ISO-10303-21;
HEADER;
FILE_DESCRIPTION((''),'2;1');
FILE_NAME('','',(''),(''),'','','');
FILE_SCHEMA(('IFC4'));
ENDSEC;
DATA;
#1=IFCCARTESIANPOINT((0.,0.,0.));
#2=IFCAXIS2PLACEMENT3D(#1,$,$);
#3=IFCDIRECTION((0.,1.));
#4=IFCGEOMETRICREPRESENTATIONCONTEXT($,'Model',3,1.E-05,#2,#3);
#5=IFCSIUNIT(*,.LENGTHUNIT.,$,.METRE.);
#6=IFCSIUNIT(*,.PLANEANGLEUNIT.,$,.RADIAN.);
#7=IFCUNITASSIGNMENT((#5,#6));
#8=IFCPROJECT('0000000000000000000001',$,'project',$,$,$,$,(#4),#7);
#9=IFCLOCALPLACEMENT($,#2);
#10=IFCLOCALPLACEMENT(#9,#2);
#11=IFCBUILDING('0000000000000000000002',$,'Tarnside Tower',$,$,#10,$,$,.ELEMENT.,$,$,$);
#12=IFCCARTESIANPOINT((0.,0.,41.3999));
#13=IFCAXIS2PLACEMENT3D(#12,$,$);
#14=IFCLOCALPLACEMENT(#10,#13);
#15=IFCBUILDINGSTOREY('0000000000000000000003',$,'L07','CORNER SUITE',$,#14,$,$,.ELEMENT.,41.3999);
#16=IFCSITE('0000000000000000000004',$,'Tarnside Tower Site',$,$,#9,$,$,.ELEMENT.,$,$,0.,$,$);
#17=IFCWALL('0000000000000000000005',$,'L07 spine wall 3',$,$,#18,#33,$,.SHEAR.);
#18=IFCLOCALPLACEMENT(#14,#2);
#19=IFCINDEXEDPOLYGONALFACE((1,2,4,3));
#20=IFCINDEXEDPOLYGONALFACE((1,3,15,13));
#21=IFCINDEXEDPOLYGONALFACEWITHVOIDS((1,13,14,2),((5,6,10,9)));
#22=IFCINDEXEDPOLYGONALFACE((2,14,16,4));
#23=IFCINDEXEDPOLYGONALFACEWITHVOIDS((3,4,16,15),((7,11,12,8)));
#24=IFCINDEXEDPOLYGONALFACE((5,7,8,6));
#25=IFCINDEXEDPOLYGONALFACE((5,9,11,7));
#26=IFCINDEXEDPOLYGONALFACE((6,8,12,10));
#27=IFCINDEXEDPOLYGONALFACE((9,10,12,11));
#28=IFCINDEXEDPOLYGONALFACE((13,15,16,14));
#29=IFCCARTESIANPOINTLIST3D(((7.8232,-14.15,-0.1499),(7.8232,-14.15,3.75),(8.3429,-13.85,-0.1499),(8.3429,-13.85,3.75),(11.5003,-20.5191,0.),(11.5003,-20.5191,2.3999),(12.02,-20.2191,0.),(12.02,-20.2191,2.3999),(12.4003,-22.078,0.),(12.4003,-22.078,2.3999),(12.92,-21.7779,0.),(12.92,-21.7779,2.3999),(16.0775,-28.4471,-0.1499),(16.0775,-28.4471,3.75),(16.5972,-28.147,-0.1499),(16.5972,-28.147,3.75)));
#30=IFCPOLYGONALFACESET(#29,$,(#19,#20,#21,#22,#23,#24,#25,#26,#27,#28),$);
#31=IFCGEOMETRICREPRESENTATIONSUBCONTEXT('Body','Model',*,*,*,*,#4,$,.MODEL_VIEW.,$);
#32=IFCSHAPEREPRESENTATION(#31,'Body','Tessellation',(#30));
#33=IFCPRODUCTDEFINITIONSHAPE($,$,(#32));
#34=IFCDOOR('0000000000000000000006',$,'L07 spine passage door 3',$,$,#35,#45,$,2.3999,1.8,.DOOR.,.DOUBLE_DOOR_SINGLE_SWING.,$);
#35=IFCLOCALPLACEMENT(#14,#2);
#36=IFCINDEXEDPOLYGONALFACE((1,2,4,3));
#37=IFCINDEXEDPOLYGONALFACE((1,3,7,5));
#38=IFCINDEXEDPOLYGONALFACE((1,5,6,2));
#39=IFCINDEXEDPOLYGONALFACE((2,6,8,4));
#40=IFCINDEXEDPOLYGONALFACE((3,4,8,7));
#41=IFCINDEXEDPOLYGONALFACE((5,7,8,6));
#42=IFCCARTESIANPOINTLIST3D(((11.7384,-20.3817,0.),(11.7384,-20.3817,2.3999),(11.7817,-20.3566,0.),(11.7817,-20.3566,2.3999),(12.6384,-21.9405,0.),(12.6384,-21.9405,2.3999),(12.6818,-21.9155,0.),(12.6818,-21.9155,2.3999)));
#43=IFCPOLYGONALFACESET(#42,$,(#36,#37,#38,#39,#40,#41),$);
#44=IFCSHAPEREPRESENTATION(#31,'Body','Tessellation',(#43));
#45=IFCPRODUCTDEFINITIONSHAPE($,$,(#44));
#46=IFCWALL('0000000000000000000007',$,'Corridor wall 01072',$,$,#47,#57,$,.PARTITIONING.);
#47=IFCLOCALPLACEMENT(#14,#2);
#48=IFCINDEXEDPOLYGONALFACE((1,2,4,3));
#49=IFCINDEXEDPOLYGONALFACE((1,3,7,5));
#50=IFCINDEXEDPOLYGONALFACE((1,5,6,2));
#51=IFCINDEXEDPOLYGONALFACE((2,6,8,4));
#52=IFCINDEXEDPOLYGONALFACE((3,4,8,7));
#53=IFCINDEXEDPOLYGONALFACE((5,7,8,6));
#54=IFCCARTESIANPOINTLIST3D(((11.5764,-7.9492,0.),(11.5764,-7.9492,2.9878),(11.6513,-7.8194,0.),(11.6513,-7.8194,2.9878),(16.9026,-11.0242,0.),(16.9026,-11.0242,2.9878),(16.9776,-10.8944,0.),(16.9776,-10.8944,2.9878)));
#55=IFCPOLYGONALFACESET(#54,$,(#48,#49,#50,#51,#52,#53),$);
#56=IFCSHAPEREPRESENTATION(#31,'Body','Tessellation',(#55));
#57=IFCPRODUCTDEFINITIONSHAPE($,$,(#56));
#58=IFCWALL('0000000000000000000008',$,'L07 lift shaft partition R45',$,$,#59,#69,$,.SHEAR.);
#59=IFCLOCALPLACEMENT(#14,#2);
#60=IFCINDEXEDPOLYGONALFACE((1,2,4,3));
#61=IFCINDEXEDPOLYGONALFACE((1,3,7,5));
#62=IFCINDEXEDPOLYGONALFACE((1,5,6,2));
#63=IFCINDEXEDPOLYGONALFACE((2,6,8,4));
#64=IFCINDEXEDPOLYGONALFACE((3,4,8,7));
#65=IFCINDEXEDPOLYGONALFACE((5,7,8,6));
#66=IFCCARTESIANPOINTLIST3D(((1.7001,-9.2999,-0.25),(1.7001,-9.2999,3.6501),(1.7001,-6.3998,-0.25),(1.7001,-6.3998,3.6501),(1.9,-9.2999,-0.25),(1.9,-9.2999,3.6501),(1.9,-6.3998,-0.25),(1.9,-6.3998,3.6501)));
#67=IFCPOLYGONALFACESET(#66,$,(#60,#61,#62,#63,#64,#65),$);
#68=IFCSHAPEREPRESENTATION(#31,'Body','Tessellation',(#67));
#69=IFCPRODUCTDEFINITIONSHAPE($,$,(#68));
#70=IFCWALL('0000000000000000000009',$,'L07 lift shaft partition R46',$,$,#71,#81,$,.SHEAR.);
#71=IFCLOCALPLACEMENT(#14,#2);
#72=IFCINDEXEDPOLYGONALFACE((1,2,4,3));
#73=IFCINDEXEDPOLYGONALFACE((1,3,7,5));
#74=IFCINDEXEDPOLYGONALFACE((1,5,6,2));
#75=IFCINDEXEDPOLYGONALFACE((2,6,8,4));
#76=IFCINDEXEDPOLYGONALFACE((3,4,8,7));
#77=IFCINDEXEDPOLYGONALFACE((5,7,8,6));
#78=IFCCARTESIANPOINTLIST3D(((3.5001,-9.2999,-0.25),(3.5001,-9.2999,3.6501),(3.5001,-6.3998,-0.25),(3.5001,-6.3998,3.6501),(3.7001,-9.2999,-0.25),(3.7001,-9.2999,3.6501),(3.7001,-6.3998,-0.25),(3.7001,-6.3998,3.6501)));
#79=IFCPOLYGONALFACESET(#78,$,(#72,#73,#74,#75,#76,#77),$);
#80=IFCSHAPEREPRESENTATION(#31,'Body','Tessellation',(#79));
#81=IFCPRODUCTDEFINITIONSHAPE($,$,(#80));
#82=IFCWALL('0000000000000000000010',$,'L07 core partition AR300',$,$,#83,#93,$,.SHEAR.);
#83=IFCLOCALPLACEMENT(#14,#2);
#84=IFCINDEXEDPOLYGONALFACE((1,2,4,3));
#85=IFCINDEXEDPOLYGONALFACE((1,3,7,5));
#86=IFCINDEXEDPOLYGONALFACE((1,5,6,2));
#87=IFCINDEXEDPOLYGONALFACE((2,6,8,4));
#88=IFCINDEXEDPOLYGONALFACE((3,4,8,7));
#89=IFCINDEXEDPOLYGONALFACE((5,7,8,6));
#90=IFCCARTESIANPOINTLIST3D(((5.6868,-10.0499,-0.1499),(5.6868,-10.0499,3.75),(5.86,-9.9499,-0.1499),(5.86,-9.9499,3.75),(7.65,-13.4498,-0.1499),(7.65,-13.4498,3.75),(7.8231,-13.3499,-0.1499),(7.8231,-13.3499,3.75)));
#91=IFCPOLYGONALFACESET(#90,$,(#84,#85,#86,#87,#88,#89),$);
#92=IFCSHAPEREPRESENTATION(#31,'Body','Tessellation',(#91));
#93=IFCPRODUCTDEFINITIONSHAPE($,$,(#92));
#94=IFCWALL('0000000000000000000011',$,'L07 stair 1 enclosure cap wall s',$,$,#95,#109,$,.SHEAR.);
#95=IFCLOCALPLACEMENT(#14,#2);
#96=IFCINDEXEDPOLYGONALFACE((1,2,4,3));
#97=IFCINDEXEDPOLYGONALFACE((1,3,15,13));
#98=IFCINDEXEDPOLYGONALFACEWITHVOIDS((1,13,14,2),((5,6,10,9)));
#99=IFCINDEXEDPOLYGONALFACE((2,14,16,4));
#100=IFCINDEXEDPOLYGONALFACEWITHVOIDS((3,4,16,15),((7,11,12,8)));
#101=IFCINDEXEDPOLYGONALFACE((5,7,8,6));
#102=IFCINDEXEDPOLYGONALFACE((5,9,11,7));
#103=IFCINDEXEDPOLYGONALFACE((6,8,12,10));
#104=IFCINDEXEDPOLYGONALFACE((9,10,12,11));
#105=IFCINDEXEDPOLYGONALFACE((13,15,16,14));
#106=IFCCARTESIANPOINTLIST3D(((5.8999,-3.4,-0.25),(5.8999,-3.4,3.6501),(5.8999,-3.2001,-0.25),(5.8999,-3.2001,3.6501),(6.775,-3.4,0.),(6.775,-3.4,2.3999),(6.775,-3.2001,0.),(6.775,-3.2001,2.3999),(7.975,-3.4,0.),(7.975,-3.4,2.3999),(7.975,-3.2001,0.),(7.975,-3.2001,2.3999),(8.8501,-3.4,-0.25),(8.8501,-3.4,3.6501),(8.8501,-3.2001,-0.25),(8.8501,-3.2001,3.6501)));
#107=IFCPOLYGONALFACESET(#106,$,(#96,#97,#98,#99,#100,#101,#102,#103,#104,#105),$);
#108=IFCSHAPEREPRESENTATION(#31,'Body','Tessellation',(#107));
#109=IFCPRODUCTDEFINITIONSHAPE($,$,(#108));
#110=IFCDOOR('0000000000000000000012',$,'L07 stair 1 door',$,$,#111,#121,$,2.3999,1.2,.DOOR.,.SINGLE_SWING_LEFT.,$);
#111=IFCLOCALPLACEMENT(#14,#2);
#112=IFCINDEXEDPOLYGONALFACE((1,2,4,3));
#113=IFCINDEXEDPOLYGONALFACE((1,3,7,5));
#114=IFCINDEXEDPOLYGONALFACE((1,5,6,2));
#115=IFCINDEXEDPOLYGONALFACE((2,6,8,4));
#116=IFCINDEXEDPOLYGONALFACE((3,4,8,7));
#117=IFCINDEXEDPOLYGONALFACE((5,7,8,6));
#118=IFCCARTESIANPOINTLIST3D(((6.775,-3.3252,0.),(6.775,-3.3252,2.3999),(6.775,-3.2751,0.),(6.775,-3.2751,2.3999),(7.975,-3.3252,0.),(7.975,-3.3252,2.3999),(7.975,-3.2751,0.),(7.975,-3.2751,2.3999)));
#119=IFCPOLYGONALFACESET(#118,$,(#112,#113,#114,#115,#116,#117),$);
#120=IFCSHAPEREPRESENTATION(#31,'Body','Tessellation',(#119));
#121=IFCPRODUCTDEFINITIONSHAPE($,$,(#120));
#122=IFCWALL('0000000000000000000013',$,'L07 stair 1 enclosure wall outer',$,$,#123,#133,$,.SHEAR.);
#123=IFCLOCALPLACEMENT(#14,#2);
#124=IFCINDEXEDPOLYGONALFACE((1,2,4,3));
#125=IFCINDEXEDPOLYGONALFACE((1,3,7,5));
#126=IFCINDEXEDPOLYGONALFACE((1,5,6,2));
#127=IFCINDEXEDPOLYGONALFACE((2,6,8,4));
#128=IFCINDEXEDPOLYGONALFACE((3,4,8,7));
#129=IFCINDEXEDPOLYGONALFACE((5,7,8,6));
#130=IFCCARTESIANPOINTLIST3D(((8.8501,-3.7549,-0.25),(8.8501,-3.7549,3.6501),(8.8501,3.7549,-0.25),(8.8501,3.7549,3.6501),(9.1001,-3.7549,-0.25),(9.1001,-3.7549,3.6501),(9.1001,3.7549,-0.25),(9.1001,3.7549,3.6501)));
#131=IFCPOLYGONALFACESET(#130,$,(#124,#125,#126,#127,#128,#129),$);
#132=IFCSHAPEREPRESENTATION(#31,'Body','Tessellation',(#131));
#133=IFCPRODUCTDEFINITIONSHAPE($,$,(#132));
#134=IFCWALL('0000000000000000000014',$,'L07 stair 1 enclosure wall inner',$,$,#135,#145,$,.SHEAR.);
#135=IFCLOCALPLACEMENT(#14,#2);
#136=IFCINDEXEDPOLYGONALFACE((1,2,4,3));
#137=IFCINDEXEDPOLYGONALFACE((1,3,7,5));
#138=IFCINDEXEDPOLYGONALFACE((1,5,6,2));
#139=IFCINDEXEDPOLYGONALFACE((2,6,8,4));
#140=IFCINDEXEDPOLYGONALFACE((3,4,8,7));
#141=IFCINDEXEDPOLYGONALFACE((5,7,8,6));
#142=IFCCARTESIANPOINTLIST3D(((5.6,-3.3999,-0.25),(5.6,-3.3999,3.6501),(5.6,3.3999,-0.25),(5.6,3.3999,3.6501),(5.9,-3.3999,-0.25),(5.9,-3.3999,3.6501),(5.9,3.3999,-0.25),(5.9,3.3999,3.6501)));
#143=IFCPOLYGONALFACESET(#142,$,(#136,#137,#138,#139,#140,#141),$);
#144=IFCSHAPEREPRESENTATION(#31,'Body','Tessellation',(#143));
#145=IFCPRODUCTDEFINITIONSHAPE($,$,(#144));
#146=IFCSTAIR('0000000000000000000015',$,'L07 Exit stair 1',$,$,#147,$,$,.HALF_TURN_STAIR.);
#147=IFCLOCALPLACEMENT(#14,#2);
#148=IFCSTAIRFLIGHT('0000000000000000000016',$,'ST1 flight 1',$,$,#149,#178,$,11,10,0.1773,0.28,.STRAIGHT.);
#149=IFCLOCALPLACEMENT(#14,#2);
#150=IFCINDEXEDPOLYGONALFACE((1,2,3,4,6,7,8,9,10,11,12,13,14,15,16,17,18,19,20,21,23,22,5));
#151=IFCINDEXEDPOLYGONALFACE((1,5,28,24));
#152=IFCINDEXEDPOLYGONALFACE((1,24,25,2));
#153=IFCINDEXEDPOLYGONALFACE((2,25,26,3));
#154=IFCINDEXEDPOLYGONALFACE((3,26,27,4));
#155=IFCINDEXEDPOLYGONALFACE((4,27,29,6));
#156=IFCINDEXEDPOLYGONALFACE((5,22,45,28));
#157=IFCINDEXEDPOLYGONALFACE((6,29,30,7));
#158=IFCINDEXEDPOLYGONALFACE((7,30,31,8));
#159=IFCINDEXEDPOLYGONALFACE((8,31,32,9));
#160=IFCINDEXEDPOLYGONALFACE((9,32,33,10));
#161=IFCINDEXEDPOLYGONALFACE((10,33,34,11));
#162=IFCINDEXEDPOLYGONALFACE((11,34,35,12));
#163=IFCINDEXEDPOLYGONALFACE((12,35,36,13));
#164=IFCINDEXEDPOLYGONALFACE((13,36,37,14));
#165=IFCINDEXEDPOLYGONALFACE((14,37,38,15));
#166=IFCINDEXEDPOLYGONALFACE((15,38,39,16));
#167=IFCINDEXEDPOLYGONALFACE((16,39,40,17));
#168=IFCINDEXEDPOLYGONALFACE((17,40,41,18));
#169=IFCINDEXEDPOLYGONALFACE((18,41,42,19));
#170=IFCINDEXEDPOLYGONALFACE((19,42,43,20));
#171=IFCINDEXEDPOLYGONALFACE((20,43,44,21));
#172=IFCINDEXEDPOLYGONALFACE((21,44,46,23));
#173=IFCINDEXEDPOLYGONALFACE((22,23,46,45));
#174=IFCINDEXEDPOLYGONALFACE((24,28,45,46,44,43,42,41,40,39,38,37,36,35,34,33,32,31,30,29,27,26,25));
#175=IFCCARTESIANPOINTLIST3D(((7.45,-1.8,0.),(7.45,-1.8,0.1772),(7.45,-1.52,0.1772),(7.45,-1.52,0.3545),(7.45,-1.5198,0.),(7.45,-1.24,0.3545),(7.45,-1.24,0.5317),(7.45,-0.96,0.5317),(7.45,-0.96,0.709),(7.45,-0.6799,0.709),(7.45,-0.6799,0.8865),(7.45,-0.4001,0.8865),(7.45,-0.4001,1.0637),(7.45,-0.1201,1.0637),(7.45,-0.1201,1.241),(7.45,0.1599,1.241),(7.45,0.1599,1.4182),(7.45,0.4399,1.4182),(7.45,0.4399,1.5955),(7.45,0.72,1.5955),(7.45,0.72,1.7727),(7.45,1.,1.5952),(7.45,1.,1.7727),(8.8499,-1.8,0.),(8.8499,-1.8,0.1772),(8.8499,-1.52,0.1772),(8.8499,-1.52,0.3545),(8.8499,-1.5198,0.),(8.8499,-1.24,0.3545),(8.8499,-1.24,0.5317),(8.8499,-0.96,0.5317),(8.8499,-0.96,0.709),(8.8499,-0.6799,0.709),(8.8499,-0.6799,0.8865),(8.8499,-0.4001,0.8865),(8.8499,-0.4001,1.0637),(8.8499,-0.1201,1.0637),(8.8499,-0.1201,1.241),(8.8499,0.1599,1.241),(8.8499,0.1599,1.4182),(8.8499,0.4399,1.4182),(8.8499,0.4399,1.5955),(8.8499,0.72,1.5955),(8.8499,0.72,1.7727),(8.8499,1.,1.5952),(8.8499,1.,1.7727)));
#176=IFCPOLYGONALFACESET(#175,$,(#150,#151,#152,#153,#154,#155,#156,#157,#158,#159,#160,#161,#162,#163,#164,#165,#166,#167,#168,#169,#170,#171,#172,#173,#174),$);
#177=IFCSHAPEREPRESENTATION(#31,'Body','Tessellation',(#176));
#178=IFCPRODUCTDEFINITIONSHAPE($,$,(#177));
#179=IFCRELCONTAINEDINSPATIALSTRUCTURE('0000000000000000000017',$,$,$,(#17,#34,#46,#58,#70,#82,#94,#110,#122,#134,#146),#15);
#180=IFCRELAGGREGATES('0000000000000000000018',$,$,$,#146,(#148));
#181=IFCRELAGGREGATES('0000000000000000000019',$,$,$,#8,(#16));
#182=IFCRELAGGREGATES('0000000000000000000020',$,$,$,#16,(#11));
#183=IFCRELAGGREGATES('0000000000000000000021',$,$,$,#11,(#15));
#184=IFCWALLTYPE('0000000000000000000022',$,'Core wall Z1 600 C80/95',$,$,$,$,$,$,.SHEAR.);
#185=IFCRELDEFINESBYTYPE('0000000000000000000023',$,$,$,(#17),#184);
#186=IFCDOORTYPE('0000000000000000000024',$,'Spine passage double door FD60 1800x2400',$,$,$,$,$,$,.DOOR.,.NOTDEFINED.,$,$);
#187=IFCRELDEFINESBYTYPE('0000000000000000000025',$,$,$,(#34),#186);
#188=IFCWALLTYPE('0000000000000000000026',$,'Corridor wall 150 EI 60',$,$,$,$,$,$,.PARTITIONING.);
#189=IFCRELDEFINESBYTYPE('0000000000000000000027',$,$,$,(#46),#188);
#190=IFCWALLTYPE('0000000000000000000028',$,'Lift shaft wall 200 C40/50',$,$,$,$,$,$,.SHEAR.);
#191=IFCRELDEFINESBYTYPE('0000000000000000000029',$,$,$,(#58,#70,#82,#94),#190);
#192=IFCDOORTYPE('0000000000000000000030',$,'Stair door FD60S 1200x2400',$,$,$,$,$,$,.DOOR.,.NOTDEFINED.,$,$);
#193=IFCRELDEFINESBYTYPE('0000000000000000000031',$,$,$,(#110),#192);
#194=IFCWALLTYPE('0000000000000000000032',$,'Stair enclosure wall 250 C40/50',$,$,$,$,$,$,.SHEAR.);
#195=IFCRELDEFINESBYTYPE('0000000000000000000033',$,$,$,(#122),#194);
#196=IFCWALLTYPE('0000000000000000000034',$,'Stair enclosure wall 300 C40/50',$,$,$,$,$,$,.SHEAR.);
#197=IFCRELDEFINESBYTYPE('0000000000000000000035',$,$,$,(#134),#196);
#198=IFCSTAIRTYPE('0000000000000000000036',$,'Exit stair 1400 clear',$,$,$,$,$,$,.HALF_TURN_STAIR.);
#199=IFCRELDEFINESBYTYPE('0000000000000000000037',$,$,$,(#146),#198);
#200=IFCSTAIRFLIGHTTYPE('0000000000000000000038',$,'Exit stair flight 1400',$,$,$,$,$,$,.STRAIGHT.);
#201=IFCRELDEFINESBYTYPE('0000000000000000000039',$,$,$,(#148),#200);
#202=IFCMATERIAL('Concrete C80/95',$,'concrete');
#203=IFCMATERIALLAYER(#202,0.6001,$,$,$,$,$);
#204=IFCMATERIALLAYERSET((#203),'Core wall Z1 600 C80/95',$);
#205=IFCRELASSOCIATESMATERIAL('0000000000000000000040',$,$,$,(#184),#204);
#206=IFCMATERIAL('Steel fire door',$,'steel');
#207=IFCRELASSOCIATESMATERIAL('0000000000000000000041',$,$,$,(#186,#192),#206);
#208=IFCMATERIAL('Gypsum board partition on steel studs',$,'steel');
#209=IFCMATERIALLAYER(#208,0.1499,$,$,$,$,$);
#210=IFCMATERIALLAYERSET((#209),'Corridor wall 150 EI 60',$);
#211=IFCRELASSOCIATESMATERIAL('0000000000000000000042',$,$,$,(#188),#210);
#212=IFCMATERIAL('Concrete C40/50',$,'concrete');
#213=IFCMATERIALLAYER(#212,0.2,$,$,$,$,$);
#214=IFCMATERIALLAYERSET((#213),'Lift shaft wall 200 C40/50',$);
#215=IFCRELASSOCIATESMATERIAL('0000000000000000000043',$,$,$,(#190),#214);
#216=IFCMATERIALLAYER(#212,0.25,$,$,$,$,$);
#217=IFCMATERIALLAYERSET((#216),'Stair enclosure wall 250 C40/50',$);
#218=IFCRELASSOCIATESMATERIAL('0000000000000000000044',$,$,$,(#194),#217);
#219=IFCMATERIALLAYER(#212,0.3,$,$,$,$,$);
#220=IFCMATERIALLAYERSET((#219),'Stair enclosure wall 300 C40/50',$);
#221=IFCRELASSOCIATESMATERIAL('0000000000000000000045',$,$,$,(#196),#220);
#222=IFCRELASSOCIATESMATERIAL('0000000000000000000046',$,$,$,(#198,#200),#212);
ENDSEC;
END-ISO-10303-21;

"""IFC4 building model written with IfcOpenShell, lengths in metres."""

from ifc_helpers import new_model, si_unit, direction, frame, frame_2d, origin, place, context, subcontext, project, spatial, polyline, rectangle, outline, extrude, material, layer, layer_set, type_object, element, fill, aggregate, save


model = new_model("IFC4")

# Units and contexts
model_context = context("Model", 3, precision=1e-05, world=origin(), true_north=direction((0.0, 1.0)))
body_context = subcontext(model_context, "Body", "Model", "MODEL_VIEW")
ifc_project = project(units=[si_unit("LENGTHUNIT", "METRE"), si_unit("PLANEANGLEUNIT", "RADIAN")], contexts=[model_context])

# Site, building, storey
site_placement = place(None, origin())
site = spatial("IfcSite", under=ifc_project, at=site_placement, Name="Tarnside Tower Site", CompositionType="ELEMENT", RefElevation=0.0)
building_placement = place(site_placement, origin())
building = spatial("IfcBuilding", under=site, at=building_placement, Name="Tarnside Tower", CompositionType="ELEMENT")
storey_placement = place(building_placement, frame((0.0, 0.0, 41.3999)))
storey = spatial("IfcBuildingStorey", under=building, at=storey_placement, Name="L07", Description="CORNER SUITE", CompositionType="ELEMENT", Elevation=41.3999)

# Shared definitions
ifc_material_1 = material(Name="Concrete C40/50", Category="concrete")

# Wall, opening, door
ifc_material_2 = material(Name="Steel fire door", Category="steel")
ifc_material_3 = material(Name="Concrete C80/95", Category="concrete")
ifc_layer_1 = layer(ifc_material_3, 0.6001)
ifc_layer_set_1 = layer_set([ifc_layer_1], Name="Core wall Z1 600 C80/95")
wall_type_1 = type_object("IfcWallType", Name="Core wall Z1 600 C80/95", PredefinedType="SHEAR", material=ifc_layer_set_1)
wall_1_placement = place(storey_placement, frame((8.083, -14.0, -0.1499), z_axis=(0.0, 0.0, 1.0), x_axis=(0.499998, -0.866027, 0.0)))
wall_1 = element("IfcWall", 1, at=wall_1_placement, inside=storey, type_object=wall_type_1, Name="L07 spine wall 3", PredefinedType="SHEAR", context=body_context, shape_type="SweptSolid", body=[
    extrude(rectangle(XDim=16.5088, YDim=0.6001, at=frame_2d((8.2544, 0.0))), origin(), (0.0, 0.0, 1.0), 3.8999),
])
opening_1_placement = place(wall_1_placement, frame((7.3545, 0.0, 0.1499)))
opening_1 = element("IfcOpeningElement", 2, at=opening_1_placement, cuts=wall_1, PredefinedType="OPENING", context=body_context, shape_type="SweptSolid", body=[
    extrude(rectangle(XDim=1.8, YDim=2.3999, at=frame_2d((0.8999, 1.2))), frame((0.0, 0.3101, 0.0), z_axis=(0.0, -1.0, 0.0), x_axis=(1.0, 0.0, 0.0)), (0.0, 0.0, 1.0), 0.6201),
])
door_type_1 = type_object("IfcDoorType", Name="Spine passage double door FD60 1800x2400", OperationType="NOTDEFINED", PredefinedType="DOOR", material=ifc_material_2)
door_1_placement = place(opening_1_placement, origin())
door_1 = element("IfcDoor", 3, at=door_1_placement, inside=storey, type_object=door_type_1, Name="L07 spine passage door 3", OperationType="DOUBLE_DOOR_SINGLE_SWING", OverallHeight=2.3999, OverallWidth=1.8, PredefinedType="DOOR", context=body_context, shape_type="SweptSolid", body=[
    extrude(rectangle(XDim=1.8, YDim=2.3999, at=frame_2d((0.8999, 1.2))), frame((0.0, 0.0249, 0.0), z_axis=(0.0, -1.0, 0.0), x_axis=(1.0, 0.0, 0.0)), (0.0, 0.0, 1.0), 0.05),
])
fill(opening_1, door_1)

# Walls
ifc_material_4 = material(Name="Gypsum board partition on steel studs", Category="steel")
ifc_layer_2 = layer(ifc_material_4, 0.1499)
ifc_layer_set_2 = layer_set([ifc_layer_2], Name="Corridor wall 150 EI 60")
wall_type_2 = type_object("IfcWallType", Name="Corridor wall 150 EI 60", PredefinedType="PARTITIONING", material=ifc_layer_set_2)
wall_2_placement = place(storey_placement, frame((11.6138, -7.8843, 0.0), z_axis=(0.0, 0.0, 1.0), x_axis=(0.866034, -0.499986, 0.0)))
element("IfcWall", 4, at=wall_2_placement, inside=storey, type_object=wall_type_2, Name="Corridor wall 01072", PredefinedType="PARTITIONING", context=body_context, shape_type="SweptSolid", body=[
    extrude(rectangle(XDim=6.1501, YDim=0.1499, at=frame_2d((3.0752, 0.0))), origin(), (0.0, 0.0, 1.0), 2.9878),
])
ifc_layer_3 = layer(ifc_material_1, 0.2)
ifc_layer_set_3 = layer_set([ifc_layer_3], Name="Lift shaft wall 200 C40/50")
wall_type_3 = type_object("IfcWallType", Name="Lift shaft wall 200 C40/50", PredefinedType="SHEAR", material=ifc_layer_set_3)
for number, where, z_axis, x_axis, name in (
    (5, (1.8, -9.3, -0.25), (0.0, 0.0, 1.0), (0.0, 1.0, 0.0), "L07 lift shaft partition R45"),
    (6, (3.6001, -9.3, -0.25), (0.0, 0.0, 1.0), (0.0, 1.0, 0.0), "L07 lift shaft partition R46"),
):
    element("IfcWall", number, at=place(storey_placement, frame(where, z_axis=z_axis, x_axis=x_axis)), inside=storey, type_object=wall_type_3, Name=name, PredefinedType="SHEAR", context=body_context, shape_type="SweptSolid", body=[
        extrude(rectangle(XDim=2.9001, YDim=0.2, at=frame_2d((1.4502, 0.0))), origin(), (0.0, 0.0, 1.0), 3.9001),
    ])
wall_3_placement = place(storey_placement, frame((5.7734, -10.0, -0.1499), z_axis=(0.0, 0.0, 1.0), x_axis=(0.500038, -0.866003, 0.0)))
element("IfcWall", 7, at=wall_3_placement, inside=storey, type_object=wall_type_3, Name="L07 core partition AR300", PredefinedType="SHEAR", context=body_context, shape_type="SweptSolid", body=[
    extrude(rectangle(XDim=3.926, YDim=0.2, at=frame_2d((1.9629, 0.0))), origin(), (0.0, 0.0, 1.0), 3.8999),
])

# Wall, opening, door
wall_4_placement = place(storey_placement, frame((5.8999, -3.3, -0.25), z_axis=(0.0, 0.0, 1.0), x_axis=(1.0, 0.0, 0.0)))
wall_4 = element("IfcWall", 8, at=wall_4_placement, inside=storey, type_object=wall_type_3, Name="L07 stair 1 enclosure cap wall s", PredefinedType="SHEAR", context=body_context, shape_type="SweptSolid", body=[
    extrude(rectangle(XDim=2.9502, YDim=0.2, at=frame_2d((1.4751, 0.0))), origin(), (0.0, 0.0, 1.0), 3.9001),
])
opening_2_placement = place(wall_4_placement, frame((0.875, 0.0, 0.25)))
opening_2 = element("IfcOpeningElement", 9, at=opening_2_placement, cuts=wall_4, PredefinedType="OPENING", context=body_context, shape_type="SweptSolid", body=[
    extrude(rectangle(XDim=1.2, YDim=2.3999, at=frame_2d((0.6001, 1.2))), frame((0.0, 0.1099, 0.0), z_axis=(0.0, -1.0, 0.0), x_axis=(1.0, 0.0, 0.0)), (0.0, 0.0, 1.0), 0.22),
])
door_type_2 = type_object("IfcDoorType", Name="Stair door FD60S 1200x2400", OperationType="NOTDEFINED", PredefinedType="DOOR", material=ifc_material_2)
door_2_placement = place(opening_2_placement, origin())
door_2 = element("IfcDoor", 10, at=door_2_placement, inside=storey, type_object=door_type_2, Name="L07 stair 1 door", OperationType="SINGLE_SWING_LEFT", OverallHeight=2.3999, OverallWidth=1.2, PredefinedType="DOOR", context=body_context, shape_type="SweptSolid", body=[
    extrude(rectangle(XDim=1.2, YDim=2.3999, at=frame_2d((0.6001, 1.2))), frame((0.0, 0.0249, 0.0), z_axis=(0.0, -1.0, 0.0), x_axis=(1.0, 0.0, 0.0)), (0.0, 0.0, 1.0), 0.05),
])
fill(opening_2, door_2)

# Walls
ifc_layer_4 = layer(ifc_material_1, 0.25)
ifc_layer_set_4 = layer_set([ifc_layer_4], Name="Stair enclosure wall 250 C40/50")
wall_type_4 = type_object("IfcWallType", Name="Stair enclosure wall 250 C40/50", PredefinedType="SHEAR", material=ifc_layer_set_4)
wall_5_placement = place(storey_placement, frame((8.9751, -3.7549, -0.25), z_axis=(0.0, 0.0, 1.0), x_axis=(0.0, 1.0, 0.0)))
element("IfcWall", 11, at=wall_5_placement, inside=storey, type_object=wall_type_4, Name="L07 stair 1 enclosure wall outer", PredefinedType="SHEAR", context=body_context, shape_type="SweptSolid", body=[
    extrude(rectangle(XDim=7.5098, YDim=0.25, at=frame_2d((3.7549, 0.0))), origin(), (0.0, 0.0, 1.0), 3.9001),
])
ifc_layer_5 = layer(ifc_material_1, 0.3)
ifc_layer_set_5 = layer_set([ifc_layer_5], Name="Stair enclosure wall 300 C40/50")
wall_type_5 = type_object("IfcWallType", Name="Stair enclosure wall 300 C40/50", PredefinedType="SHEAR", material=ifc_layer_set_5)
wall_6_placement = place(storey_placement, frame((5.75, -3.3999, -0.25), z_axis=(0.0, 0.0, 1.0), x_axis=(0.0, 1.0, 0.0)))
element("IfcWall", 12, at=wall_6_placement, inside=storey, type_object=wall_type_5, Name="L07 stair 1 enclosure wall inner", PredefinedType="SHEAR", context=body_context, shape_type="SweptSolid", body=[
    extrude(rectangle(XDim=6.7998, YDim=0.3, at=frame_2d((3.3999, 0.0))), origin(), (0.0, 0.0, 1.0), 3.9001),
])

# Stair, stair flight
stair_type = type_object("IfcStairType", Name="Exit stair 1400 clear", PredefinedType="HALF_TURN_STAIR", material=ifc_material_1)
stair_placement = place(storey_placement, origin())
stair = element("IfcStair", 13, at=stair_placement, inside=storey, type_object=stair_type, Name="L07 Exit stair 1", PredefinedType="HALF_TURN_STAIR")
stair_flight_type = type_object("IfcStairFlightType", Name="Exit stair flight 1400", PredefinedType="STRAIGHT", material=ifc_material_1)
stair_flight_placement = place(storey_placement, frame((8.1499, -1.8, 0.0), z_axis=(0.0, 0.0, 1.0), x_axis=(0.0, 1.0, 0.0)))
stair_flight = element("IfcStairFlight", 14, at=stair_flight_placement, type_object=stair_flight_type, Name="ST1 flight 1", NumberOfRisers=11, NumberOfTreads=10, PredefinedType="STRAIGHT", RiserHeight=0.1773, TreadLength=0.28, context=body_context, shape_type="SweptSolid", body=[
    extrude(outline(polyline([(0.0, 0.0), (0.0, 0.1772), (0.28, 0.1772), (0.28, 0.3545), (0.5601, 0.3545), (0.5601, 0.5317), (0.8401, 0.5317), (0.8401, 0.709), (1.1201, 0.709), (1.1201, 0.8865), (1.3999, 0.8865), (1.3999, 1.0637), (1.6799, 1.0637), (1.6799, 1.241), (1.96, 1.241), (1.96, 1.4182), (2.24, 1.4182), (2.24, 1.5955), (2.52, 1.5955), (2.52, 1.7727), (2.8, 1.7727), (2.8, 1.95), (2.8, 1.5952), (0.2803, 0.0), (0.0, 0.0)])), frame((0.0, 0.7, 0.0), z_axis=(0.0, -1.0, 0.0), x_axis=(1.0, 0.0, 0.0)), (0.0, 0.0, 1.0), 1.3999),
])
aggregate(stair, [stair_flight])

save(model, "model.ifc")
